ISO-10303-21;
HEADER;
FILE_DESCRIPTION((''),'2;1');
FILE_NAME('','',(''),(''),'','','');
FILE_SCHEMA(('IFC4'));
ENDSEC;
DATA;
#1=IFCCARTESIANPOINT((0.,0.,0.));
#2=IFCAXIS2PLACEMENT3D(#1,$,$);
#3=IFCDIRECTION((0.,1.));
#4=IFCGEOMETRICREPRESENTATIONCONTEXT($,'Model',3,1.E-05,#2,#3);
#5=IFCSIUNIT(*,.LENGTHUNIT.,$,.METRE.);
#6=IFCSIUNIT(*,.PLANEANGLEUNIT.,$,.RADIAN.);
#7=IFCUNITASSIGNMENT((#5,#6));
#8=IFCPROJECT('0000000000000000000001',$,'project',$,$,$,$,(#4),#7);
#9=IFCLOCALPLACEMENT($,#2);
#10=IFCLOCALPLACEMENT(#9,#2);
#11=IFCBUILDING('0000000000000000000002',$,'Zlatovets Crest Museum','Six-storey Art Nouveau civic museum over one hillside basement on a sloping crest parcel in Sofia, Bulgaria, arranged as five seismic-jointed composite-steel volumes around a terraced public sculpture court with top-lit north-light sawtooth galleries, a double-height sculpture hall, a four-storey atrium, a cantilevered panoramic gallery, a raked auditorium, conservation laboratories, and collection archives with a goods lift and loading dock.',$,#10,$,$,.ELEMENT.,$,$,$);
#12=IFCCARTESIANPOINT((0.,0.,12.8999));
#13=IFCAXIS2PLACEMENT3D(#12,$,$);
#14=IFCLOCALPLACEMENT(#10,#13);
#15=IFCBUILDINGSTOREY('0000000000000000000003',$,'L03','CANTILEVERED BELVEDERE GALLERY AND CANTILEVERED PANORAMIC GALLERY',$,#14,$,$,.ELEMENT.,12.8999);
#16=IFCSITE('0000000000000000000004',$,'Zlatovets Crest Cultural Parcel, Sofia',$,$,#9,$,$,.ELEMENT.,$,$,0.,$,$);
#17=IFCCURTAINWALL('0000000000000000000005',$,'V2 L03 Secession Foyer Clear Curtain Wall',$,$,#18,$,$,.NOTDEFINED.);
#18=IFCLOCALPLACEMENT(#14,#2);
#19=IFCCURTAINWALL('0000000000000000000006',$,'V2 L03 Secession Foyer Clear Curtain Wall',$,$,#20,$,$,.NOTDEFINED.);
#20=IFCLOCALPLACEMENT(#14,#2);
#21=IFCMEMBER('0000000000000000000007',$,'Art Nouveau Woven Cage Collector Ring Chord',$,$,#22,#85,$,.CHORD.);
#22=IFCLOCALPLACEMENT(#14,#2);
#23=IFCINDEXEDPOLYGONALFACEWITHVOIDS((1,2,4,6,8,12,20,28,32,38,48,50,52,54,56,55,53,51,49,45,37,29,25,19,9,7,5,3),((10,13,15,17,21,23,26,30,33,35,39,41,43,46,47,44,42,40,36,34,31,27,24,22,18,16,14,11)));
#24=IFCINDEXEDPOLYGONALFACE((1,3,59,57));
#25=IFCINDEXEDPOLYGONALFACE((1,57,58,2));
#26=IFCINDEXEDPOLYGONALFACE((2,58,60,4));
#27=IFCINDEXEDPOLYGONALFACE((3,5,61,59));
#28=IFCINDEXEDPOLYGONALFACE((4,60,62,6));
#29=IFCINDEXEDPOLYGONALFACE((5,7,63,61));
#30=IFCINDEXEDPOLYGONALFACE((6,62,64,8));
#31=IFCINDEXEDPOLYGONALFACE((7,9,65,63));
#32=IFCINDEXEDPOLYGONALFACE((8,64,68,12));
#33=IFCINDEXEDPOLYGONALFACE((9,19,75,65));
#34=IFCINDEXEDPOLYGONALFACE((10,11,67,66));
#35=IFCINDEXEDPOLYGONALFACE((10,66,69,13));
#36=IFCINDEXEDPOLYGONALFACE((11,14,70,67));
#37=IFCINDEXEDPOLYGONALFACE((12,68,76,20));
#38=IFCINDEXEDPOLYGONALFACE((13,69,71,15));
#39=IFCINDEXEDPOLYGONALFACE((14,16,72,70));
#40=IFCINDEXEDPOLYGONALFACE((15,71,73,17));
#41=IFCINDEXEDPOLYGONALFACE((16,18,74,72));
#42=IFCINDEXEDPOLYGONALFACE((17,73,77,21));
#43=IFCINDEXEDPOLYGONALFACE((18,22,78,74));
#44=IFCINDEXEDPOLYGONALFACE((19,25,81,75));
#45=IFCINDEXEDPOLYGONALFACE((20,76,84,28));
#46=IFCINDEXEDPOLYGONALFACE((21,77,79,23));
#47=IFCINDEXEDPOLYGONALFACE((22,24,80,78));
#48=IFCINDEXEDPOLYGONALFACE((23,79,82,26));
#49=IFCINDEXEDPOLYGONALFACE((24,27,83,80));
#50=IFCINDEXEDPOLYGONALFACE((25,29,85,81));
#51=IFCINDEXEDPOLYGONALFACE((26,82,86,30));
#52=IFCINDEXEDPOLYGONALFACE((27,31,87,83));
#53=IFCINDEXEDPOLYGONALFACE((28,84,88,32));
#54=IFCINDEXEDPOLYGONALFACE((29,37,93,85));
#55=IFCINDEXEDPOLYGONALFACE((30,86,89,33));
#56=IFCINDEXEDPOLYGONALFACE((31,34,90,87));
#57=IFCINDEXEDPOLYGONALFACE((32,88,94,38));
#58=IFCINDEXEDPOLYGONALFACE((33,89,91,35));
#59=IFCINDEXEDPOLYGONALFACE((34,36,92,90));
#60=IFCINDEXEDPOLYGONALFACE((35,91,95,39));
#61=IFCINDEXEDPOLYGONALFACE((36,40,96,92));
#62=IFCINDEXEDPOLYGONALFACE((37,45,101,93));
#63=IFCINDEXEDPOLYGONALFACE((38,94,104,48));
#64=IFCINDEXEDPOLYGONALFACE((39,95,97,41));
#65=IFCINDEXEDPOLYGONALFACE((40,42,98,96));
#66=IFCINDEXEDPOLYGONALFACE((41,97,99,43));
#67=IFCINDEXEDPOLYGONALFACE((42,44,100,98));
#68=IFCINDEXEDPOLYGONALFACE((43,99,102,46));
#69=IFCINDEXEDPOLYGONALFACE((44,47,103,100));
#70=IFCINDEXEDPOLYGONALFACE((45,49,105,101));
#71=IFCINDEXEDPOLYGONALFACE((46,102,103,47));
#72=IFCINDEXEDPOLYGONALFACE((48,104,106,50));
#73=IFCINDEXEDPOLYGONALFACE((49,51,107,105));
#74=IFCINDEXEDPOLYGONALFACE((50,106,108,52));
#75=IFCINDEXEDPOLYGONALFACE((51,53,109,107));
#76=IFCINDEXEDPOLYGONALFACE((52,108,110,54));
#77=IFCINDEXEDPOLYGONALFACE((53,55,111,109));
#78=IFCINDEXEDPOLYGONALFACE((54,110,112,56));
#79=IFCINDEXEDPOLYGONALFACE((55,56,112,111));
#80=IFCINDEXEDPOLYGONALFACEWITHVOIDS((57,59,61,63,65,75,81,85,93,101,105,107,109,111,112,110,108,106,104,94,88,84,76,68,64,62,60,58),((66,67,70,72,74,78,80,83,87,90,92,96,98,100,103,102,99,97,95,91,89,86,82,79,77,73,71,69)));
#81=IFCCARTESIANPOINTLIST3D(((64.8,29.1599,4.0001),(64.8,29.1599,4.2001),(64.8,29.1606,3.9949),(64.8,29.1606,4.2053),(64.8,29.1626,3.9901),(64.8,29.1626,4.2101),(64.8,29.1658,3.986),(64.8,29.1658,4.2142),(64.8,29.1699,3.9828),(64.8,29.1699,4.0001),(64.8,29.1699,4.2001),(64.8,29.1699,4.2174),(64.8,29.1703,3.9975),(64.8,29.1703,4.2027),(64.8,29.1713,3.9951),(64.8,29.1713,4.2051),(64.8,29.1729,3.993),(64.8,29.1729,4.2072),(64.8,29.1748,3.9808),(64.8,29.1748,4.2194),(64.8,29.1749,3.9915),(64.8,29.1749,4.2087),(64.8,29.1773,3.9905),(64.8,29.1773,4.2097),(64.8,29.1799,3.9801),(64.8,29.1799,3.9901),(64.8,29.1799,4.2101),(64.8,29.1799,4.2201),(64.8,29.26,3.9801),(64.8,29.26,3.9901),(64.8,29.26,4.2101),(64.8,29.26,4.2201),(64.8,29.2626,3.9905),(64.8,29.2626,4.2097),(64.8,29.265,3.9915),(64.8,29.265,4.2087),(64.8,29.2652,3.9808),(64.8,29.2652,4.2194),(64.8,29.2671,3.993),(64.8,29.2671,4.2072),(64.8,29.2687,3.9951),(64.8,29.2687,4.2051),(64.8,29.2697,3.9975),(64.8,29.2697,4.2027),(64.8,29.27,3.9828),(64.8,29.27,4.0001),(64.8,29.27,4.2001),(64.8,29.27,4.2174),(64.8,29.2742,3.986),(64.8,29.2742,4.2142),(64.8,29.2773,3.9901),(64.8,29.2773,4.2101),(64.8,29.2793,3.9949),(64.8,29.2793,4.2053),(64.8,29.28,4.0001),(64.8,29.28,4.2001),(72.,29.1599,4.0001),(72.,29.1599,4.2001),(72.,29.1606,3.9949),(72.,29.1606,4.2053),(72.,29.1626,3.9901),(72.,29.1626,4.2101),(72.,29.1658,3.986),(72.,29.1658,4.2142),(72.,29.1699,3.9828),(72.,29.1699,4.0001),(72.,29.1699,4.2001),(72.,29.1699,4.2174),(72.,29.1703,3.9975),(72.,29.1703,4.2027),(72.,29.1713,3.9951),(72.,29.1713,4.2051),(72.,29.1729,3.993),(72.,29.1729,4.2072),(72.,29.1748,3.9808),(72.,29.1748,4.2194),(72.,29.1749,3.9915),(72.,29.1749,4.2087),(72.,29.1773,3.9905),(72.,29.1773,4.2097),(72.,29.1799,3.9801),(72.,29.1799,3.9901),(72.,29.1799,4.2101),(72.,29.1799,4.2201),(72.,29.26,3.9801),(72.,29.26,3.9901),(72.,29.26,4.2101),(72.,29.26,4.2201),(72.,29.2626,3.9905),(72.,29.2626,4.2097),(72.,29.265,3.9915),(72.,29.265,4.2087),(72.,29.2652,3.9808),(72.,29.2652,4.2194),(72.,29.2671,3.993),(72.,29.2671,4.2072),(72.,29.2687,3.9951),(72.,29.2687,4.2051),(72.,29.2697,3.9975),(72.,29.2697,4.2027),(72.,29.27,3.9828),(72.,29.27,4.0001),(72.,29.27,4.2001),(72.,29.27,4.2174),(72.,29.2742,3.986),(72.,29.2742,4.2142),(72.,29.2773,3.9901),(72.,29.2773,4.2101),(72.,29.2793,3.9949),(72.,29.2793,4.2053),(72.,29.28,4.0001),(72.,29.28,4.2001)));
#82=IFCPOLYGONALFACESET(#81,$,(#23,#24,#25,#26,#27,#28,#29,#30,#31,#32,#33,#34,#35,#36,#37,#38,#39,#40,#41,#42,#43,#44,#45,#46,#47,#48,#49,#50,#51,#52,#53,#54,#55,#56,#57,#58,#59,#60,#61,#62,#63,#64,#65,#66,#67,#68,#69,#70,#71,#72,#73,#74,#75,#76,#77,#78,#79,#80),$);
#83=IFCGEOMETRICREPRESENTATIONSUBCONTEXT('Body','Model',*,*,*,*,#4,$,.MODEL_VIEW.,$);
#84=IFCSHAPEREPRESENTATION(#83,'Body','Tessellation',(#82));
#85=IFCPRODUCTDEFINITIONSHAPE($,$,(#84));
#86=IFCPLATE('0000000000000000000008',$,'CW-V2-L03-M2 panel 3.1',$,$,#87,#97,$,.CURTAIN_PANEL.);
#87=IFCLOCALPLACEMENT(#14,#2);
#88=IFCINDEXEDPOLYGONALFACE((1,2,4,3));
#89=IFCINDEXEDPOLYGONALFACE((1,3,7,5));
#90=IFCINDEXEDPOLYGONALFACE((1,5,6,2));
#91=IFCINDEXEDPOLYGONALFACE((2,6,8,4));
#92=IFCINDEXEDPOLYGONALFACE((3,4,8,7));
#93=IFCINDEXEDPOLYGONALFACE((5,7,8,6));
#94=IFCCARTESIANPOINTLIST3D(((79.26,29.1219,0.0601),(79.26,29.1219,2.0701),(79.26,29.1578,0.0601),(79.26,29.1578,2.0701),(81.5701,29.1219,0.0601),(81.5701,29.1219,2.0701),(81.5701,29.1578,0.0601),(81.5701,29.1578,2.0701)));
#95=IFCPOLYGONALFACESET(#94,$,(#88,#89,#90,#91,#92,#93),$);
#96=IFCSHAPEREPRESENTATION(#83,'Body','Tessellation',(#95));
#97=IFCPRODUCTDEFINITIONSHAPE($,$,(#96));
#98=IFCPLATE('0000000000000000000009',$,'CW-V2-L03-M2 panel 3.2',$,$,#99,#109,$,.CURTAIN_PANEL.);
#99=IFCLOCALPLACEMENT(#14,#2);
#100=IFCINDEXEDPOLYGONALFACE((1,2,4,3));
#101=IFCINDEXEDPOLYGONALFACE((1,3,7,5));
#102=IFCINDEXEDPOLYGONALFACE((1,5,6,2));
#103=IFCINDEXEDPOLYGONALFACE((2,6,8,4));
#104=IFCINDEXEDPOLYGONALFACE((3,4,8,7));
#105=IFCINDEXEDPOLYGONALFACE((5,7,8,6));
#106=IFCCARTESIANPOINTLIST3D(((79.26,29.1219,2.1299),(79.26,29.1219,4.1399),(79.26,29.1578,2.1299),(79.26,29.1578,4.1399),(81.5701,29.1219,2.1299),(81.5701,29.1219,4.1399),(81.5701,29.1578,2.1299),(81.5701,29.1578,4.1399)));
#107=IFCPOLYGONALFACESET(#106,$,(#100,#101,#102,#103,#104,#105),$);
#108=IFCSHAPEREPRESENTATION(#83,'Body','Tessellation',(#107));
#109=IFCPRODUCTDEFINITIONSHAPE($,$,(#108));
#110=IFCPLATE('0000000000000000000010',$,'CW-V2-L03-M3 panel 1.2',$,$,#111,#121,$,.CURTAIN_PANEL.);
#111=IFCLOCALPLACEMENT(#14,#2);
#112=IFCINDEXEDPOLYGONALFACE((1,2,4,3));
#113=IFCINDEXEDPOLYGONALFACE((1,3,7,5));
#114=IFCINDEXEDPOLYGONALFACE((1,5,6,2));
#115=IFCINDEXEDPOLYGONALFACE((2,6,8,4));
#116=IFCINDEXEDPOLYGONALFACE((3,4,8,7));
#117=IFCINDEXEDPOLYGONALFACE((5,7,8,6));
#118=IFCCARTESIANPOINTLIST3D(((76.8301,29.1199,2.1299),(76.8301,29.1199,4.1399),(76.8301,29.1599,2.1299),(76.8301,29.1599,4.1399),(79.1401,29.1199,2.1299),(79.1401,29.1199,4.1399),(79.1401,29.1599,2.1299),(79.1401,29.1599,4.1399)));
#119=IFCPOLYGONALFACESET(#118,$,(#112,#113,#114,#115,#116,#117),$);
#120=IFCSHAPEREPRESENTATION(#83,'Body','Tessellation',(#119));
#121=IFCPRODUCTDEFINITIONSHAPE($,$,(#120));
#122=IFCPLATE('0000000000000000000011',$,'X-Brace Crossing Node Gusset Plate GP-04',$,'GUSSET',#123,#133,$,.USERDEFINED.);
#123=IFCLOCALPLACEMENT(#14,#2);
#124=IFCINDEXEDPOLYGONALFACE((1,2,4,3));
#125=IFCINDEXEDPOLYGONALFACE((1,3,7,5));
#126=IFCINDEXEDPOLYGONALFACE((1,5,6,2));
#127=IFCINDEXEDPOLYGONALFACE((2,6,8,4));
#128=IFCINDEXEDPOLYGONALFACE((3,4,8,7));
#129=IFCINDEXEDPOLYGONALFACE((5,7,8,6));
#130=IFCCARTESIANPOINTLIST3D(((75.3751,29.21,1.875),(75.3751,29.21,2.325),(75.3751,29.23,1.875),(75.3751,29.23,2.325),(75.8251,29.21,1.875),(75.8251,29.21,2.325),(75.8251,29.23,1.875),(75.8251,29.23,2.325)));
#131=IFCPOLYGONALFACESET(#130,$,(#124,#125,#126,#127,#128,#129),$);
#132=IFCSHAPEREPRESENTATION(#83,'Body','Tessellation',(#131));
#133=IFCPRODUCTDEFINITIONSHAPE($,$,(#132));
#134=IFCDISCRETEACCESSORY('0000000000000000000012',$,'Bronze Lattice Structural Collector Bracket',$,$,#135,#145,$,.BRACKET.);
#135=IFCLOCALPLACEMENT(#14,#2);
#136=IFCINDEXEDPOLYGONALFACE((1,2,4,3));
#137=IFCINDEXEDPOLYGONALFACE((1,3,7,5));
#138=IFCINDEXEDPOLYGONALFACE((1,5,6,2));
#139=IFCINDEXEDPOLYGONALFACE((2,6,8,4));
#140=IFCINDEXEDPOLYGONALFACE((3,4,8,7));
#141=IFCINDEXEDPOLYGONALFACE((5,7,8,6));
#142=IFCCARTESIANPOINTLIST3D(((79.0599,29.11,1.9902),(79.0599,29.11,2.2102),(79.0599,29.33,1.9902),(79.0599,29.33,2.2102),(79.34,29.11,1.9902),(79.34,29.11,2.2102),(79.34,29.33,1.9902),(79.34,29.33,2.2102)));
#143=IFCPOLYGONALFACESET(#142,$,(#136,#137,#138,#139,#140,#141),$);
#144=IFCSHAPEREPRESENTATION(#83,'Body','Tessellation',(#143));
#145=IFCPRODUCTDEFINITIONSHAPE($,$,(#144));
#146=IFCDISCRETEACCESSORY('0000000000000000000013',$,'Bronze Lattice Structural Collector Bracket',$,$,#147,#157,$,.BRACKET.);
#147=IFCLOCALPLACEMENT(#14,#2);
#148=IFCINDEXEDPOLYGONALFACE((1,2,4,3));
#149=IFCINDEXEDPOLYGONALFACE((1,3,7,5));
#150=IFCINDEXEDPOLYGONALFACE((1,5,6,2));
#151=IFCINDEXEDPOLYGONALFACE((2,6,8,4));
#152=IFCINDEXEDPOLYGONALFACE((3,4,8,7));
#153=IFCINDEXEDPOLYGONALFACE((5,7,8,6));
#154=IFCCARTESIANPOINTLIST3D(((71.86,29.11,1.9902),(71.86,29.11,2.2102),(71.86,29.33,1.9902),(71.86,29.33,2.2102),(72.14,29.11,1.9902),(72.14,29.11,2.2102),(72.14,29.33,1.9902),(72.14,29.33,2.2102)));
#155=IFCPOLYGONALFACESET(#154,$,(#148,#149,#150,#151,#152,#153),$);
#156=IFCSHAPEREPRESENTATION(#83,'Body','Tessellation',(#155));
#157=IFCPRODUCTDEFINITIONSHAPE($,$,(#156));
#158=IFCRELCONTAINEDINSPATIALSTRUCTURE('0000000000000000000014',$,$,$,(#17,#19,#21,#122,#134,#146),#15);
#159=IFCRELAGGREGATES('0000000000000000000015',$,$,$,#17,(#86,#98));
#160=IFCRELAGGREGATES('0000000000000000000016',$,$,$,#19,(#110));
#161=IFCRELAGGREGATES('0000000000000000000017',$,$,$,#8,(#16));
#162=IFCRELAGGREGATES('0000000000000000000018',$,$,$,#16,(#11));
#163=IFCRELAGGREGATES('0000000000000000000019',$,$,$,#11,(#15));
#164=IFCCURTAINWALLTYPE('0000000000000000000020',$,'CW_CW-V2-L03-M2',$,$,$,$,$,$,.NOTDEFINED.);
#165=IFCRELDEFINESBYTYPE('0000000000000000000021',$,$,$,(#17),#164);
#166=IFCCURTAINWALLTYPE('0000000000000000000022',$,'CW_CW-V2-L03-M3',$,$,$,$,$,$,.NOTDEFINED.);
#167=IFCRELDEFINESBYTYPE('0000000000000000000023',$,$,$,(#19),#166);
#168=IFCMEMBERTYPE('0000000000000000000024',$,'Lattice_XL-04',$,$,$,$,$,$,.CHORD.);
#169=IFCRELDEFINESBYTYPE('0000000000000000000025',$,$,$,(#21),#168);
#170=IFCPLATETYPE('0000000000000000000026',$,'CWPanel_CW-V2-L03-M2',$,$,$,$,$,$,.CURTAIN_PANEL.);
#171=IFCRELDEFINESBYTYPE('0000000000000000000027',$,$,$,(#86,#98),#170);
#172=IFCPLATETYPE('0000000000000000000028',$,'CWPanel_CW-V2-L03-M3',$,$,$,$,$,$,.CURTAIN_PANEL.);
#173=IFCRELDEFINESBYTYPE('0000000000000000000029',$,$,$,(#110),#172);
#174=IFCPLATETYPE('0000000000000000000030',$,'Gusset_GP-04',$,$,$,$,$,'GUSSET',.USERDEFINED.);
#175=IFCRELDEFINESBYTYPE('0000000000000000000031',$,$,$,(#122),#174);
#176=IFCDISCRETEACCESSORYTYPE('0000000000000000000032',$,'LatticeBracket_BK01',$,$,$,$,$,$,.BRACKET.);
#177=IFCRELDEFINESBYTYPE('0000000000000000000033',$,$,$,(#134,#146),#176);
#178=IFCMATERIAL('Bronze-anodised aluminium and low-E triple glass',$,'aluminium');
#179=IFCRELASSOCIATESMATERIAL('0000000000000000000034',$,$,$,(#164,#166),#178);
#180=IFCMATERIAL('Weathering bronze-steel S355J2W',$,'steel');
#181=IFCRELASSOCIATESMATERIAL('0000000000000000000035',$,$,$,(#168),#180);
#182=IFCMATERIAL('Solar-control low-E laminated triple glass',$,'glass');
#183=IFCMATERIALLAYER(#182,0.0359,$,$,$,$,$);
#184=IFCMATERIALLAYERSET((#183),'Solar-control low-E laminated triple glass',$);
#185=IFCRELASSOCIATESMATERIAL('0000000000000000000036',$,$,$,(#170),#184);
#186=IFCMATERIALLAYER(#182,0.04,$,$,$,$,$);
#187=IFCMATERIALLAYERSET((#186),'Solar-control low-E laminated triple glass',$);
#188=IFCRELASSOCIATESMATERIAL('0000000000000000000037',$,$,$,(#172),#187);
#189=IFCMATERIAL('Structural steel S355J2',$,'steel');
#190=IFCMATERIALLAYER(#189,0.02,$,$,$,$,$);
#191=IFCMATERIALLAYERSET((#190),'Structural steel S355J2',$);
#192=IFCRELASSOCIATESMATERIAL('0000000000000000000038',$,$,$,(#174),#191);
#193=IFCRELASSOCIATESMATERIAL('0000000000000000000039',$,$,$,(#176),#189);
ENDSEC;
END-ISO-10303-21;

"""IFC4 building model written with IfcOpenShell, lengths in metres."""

from ifc_helpers import new_model, si_unit, direction, frame, origin, origin_2d, place, context, subcontext, project, spatial, rectangle, hollow_rectangle, extrude, material, layer, layer_set, material_profile, profile_set, type_object, element, aggregate, save


model = new_model("IFC4")

# Units and contexts
model_context = context("Model", 3, precision=1e-05, world=origin(), true_north=direction((0.0, 1.0)))
body_context = subcontext(model_context, "Body", "Model", "MODEL_VIEW")
ifc_project = project(units=[si_unit("LENGTHUNIT", "METRE"), si_unit("PLANEANGLEUNIT", "RADIAN")], contexts=[model_context])

# Site, building, storey
site_placement = place(None, origin())
site = spatial("IfcSite", under=ifc_project, at=site_placement, Name="Zlatovets Crest Cultural Parcel, Sofia", CompositionType="ELEMENT", RefElevation=0.0)
building_placement = place(site_placement, origin())
building = spatial("IfcBuilding", under=site, at=building_placement, Name="Zlatovets Crest Museum", Description="Six-storey Art Nouveau civic museum over one hillside basement on a sloping crest parcel in Sofia, Bulgaria, arranged as five seismic-jointed composite-steel volumes around a terraced public sculpture court with top-lit north-light sawtooth galleries, a double-height sculpture hall, a four-storey atrium, a cantilevered panoramic gallery, a raked auditorium, conservation laboratories, and collection archives with a goods lift and loading dock.", CompositionType="ELEMENT")
storey_placement = place(building_placement, frame((0.0, 0.0, 12.8999)))
storey = spatial("IfcBuildingStorey", under=building, at=storey_placement, Name="L03", Description="CANTILEVERED BELVEDERE GALLERY AND CANTILEVERED PANORAMIC GALLERY", CompositionType="ELEMENT", Elevation=12.8999)

# Curtain wall
ifc_material_1 = material(Name="Bronze-anodised aluminium and low-E triple glass", Category="aluminium")
curtain_wall_type_1 = type_object("IfcCurtainWallType", Name="CW_CW-V2-L03-M2", PredefinedType="NOTDEFINED", material=ifc_material_1)
curtain_wall_1_placement = place(storey_placement, origin())
curtain_wall_1 = element("IfcCurtainWall", 1, at=curtain_wall_1_placement, inside=storey, type_object=curtain_wall_type_1, Name="V2 L03 Secession Foyer Clear Curtain Wall", PredefinedType="NOTDEFINED")

# Curtain wall
curtain_wall_type_2 = type_object("IfcCurtainWallType", Name="CW_CW-V2-L03-M3", PredefinedType="NOTDEFINED", material=ifc_material_1)
curtain_wall_2_placement = place(storey_placement, origin())
curtain_wall_2 = element("IfcCurtainWall", 2, at=curtain_wall_2_placement, inside=storey, type_object=curtain_wall_type_2, Name="V2 L03 Secession Foyer Clear Curtain Wall", PredefinedType="NOTDEFINED")

# Member
ifc_material_2 = material(Name="Weathering bronze-steel S355J2W", Category="steel")
ifc_material_profile_1 = material_profile(ifc_material_2, hollow_rectangle(XDim=0.1201, YDim=0.24, WallThickness=0.01, InnerFilletRadius=0.01, OuterFilletRadius=0.02, at=origin_2d()), Name="RHS 120x240x10.0")
ifc_profile_set_1 = profile_set([ifc_material_profile_1], Name="Weathering bronze-steel S355J2W")
member_type_1 = type_object("IfcMemberType", Name="Lattice_XL-04", PredefinedType="CHORD", material=ifc_profile_set_1)
for number, where, z_axis, x_axis, name in (
    (3, (72.0, 29.22, 4.1001), (-1.0, 0.0, 0.0), (0.0, -1.0, 0.0), "Art Nouveau Woven Cage Collector Ring Chord"),
):
    element("IfcMember", number, at=place(storey_placement, frame(where, z_axis=z_axis, x_axis=x_axis)), inside=storey, type_object=member_type_1, Name=name, PredefinedType="CHORD", context=body_context, shape_type="SweptSolid", body=[
        extrude(hollow_rectangle(XDim=0.1201, YDim=0.24, WallThickness=0.01, InnerFilletRadius=0.01, OuterFilletRadius=0.02, at=origin_2d()), origin(), (0.0, 0.0, 1.0), 7.2),
    ])

# Plates
ifc_material_3 = material(Name="Solar-control low-E laminated triple glass", Category="glass")
ifc_layer_1 = layer(ifc_material_3, 0.0359)
ifc_layer_set_1 = layer_set([ifc_layer_1], Name="Solar-control low-E laminated triple glass")
plate_type_1 = type_object("IfcPlateType", Name="CWPanel_CW-V2-L03-M2", PredefinedType="CURTAIN_PANEL", material=ifc_layer_set_1)
plate_1_placement = place(storey_placement, frame((80.415, 29.1399, 0.0601), z_axis=(0.0, 0.0, 1.0), x_axis=(-1.0, 0.0, 0.0)))
plate_1 = element("IfcPlate", 4, at=plate_1_placement, type_object=plate_type_1, Name="CW-V2-L03-M2 panel 3.1", PredefinedType="CURTAIN_PANEL", context=body_context, shape_type="SweptSolid", body=[
    extrude(rectangle(XDim=2.3101, YDim=0.0359, at=origin_2d()), origin(), (0.0, 0.0, 1.0), 2.01),
])
plate_2_placement = place(storey_placement, frame((80.415, 29.1399, 2.1299), z_axis=(0.0, 0.0, 1.0), x_axis=(-1.0, 0.0, 0.0)))
plate_2 = element("IfcPlate", 5, at=plate_2_placement, type_object=plate_type_1, Name="CW-V2-L03-M2 panel 3.2", PredefinedType="CURTAIN_PANEL", context=body_context, shape_type="SweptSolid", body=[
    extrude(rectangle(XDim=2.3101, YDim=0.0359, at=origin_2d()), origin(), (0.0, 0.0, 1.0), 2.01),
])
aggregate(curtain_wall_1, [plate_1, plate_2])
ifc_layer_2 = layer(ifc_material_3, 0.04)
ifc_layer_set_2 = layer_set([ifc_layer_2], Name="Solar-control low-E laminated triple glass")
plate_type_2 = type_object("IfcPlateType", Name="CWPanel_CW-V2-L03-M3", PredefinedType="CURTAIN_PANEL", material=ifc_layer_set_2)
plate_3_placement = place(storey_placement, frame((77.9851, 29.1399, 2.1299), z_axis=(0.0, 0.0, 1.0), x_axis=(-1.0, 0.0, 0.0)))
plate_3 = element("IfcPlate", 6, at=plate_3_placement, type_object=plate_type_2, Name="CW-V2-L03-M3 panel 1.2", PredefinedType="CURTAIN_PANEL", context=body_context, shape_type="SweptSolid", body=[
    extrude(rectangle(XDim=2.3101, YDim=0.04, at=origin_2d()), origin(), (0.0, 0.0, 1.0), 2.01),
])
aggregate(curtain_wall_2, [plate_3])
ifc_material_4 = material(Name="Structural steel S355J2", Category="steel")
ifc_layer_3 = layer(ifc_material_4, 0.02)
ifc_layer_set_3 = layer_set([ifc_layer_3], Name="Structural steel S355J2")
plate_type_3 = type_object("IfcPlateType", Name="Gusset_GP-04", ElementType="GUSSET", PredefinedType="USERDEFINED", material=ifc_layer_set_3)
plate_4_placement = place(storey_placement, frame((75.6001, 29.22, 1.875), z_axis=(0.0, 0.0, 1.0), x_axis=(1.0, 0.0, 0.0)))
element("IfcPlate", 7, at=plate_4_placement, inside=storey, type_object=plate_type_3, Name="X-Brace Crossing Node Gusset Plate GP-04", ObjectType="GUSSET", PredefinedType="USERDEFINED", context=body_context, shape_type="SweptSolid", body=[
    extrude(rectangle(XDim=0.45, YDim=0.02, at=origin_2d()), origin(), (0.0, 0.0, 1.0), 0.45),
])

# Discrete accessories
discrete_accessory_type = type_object("IfcDiscreteAccessoryType", Name="LatticeBracket_BK01", PredefinedType="BRACKET", material=ifc_material_4)
for number, where, z_axis, x_axis, name in (
    (8, (79.2, 29.22, 1.9902), (0.0, 0.0, 1.0), (1.0, 0.0, 0.0), "Bronze Lattice Structural Collector Bracket"),
    (9, (72.0, 29.22, 1.9902), (0.0, 0.0, 1.0), (1.0, 0.0, 0.0), "Bronze Lattice Structural Collector Bracket"),
):
    element("IfcDiscreteAccessory", number, at=place(storey_placement, frame(where, z_axis=z_axis, x_axis=x_axis)), inside=storey, type_object=discrete_accessory_type, Name=name, PredefinedType="BRACKET", context=body_context, shape_type="SweptSolid", body=[
        extrude(rectangle(XDim=0.28, YDim=0.22, at=origin_2d()), origin(), (0.0, 0.0, 1.0), 0.22),
    ])

save(model, "model.ifc")
